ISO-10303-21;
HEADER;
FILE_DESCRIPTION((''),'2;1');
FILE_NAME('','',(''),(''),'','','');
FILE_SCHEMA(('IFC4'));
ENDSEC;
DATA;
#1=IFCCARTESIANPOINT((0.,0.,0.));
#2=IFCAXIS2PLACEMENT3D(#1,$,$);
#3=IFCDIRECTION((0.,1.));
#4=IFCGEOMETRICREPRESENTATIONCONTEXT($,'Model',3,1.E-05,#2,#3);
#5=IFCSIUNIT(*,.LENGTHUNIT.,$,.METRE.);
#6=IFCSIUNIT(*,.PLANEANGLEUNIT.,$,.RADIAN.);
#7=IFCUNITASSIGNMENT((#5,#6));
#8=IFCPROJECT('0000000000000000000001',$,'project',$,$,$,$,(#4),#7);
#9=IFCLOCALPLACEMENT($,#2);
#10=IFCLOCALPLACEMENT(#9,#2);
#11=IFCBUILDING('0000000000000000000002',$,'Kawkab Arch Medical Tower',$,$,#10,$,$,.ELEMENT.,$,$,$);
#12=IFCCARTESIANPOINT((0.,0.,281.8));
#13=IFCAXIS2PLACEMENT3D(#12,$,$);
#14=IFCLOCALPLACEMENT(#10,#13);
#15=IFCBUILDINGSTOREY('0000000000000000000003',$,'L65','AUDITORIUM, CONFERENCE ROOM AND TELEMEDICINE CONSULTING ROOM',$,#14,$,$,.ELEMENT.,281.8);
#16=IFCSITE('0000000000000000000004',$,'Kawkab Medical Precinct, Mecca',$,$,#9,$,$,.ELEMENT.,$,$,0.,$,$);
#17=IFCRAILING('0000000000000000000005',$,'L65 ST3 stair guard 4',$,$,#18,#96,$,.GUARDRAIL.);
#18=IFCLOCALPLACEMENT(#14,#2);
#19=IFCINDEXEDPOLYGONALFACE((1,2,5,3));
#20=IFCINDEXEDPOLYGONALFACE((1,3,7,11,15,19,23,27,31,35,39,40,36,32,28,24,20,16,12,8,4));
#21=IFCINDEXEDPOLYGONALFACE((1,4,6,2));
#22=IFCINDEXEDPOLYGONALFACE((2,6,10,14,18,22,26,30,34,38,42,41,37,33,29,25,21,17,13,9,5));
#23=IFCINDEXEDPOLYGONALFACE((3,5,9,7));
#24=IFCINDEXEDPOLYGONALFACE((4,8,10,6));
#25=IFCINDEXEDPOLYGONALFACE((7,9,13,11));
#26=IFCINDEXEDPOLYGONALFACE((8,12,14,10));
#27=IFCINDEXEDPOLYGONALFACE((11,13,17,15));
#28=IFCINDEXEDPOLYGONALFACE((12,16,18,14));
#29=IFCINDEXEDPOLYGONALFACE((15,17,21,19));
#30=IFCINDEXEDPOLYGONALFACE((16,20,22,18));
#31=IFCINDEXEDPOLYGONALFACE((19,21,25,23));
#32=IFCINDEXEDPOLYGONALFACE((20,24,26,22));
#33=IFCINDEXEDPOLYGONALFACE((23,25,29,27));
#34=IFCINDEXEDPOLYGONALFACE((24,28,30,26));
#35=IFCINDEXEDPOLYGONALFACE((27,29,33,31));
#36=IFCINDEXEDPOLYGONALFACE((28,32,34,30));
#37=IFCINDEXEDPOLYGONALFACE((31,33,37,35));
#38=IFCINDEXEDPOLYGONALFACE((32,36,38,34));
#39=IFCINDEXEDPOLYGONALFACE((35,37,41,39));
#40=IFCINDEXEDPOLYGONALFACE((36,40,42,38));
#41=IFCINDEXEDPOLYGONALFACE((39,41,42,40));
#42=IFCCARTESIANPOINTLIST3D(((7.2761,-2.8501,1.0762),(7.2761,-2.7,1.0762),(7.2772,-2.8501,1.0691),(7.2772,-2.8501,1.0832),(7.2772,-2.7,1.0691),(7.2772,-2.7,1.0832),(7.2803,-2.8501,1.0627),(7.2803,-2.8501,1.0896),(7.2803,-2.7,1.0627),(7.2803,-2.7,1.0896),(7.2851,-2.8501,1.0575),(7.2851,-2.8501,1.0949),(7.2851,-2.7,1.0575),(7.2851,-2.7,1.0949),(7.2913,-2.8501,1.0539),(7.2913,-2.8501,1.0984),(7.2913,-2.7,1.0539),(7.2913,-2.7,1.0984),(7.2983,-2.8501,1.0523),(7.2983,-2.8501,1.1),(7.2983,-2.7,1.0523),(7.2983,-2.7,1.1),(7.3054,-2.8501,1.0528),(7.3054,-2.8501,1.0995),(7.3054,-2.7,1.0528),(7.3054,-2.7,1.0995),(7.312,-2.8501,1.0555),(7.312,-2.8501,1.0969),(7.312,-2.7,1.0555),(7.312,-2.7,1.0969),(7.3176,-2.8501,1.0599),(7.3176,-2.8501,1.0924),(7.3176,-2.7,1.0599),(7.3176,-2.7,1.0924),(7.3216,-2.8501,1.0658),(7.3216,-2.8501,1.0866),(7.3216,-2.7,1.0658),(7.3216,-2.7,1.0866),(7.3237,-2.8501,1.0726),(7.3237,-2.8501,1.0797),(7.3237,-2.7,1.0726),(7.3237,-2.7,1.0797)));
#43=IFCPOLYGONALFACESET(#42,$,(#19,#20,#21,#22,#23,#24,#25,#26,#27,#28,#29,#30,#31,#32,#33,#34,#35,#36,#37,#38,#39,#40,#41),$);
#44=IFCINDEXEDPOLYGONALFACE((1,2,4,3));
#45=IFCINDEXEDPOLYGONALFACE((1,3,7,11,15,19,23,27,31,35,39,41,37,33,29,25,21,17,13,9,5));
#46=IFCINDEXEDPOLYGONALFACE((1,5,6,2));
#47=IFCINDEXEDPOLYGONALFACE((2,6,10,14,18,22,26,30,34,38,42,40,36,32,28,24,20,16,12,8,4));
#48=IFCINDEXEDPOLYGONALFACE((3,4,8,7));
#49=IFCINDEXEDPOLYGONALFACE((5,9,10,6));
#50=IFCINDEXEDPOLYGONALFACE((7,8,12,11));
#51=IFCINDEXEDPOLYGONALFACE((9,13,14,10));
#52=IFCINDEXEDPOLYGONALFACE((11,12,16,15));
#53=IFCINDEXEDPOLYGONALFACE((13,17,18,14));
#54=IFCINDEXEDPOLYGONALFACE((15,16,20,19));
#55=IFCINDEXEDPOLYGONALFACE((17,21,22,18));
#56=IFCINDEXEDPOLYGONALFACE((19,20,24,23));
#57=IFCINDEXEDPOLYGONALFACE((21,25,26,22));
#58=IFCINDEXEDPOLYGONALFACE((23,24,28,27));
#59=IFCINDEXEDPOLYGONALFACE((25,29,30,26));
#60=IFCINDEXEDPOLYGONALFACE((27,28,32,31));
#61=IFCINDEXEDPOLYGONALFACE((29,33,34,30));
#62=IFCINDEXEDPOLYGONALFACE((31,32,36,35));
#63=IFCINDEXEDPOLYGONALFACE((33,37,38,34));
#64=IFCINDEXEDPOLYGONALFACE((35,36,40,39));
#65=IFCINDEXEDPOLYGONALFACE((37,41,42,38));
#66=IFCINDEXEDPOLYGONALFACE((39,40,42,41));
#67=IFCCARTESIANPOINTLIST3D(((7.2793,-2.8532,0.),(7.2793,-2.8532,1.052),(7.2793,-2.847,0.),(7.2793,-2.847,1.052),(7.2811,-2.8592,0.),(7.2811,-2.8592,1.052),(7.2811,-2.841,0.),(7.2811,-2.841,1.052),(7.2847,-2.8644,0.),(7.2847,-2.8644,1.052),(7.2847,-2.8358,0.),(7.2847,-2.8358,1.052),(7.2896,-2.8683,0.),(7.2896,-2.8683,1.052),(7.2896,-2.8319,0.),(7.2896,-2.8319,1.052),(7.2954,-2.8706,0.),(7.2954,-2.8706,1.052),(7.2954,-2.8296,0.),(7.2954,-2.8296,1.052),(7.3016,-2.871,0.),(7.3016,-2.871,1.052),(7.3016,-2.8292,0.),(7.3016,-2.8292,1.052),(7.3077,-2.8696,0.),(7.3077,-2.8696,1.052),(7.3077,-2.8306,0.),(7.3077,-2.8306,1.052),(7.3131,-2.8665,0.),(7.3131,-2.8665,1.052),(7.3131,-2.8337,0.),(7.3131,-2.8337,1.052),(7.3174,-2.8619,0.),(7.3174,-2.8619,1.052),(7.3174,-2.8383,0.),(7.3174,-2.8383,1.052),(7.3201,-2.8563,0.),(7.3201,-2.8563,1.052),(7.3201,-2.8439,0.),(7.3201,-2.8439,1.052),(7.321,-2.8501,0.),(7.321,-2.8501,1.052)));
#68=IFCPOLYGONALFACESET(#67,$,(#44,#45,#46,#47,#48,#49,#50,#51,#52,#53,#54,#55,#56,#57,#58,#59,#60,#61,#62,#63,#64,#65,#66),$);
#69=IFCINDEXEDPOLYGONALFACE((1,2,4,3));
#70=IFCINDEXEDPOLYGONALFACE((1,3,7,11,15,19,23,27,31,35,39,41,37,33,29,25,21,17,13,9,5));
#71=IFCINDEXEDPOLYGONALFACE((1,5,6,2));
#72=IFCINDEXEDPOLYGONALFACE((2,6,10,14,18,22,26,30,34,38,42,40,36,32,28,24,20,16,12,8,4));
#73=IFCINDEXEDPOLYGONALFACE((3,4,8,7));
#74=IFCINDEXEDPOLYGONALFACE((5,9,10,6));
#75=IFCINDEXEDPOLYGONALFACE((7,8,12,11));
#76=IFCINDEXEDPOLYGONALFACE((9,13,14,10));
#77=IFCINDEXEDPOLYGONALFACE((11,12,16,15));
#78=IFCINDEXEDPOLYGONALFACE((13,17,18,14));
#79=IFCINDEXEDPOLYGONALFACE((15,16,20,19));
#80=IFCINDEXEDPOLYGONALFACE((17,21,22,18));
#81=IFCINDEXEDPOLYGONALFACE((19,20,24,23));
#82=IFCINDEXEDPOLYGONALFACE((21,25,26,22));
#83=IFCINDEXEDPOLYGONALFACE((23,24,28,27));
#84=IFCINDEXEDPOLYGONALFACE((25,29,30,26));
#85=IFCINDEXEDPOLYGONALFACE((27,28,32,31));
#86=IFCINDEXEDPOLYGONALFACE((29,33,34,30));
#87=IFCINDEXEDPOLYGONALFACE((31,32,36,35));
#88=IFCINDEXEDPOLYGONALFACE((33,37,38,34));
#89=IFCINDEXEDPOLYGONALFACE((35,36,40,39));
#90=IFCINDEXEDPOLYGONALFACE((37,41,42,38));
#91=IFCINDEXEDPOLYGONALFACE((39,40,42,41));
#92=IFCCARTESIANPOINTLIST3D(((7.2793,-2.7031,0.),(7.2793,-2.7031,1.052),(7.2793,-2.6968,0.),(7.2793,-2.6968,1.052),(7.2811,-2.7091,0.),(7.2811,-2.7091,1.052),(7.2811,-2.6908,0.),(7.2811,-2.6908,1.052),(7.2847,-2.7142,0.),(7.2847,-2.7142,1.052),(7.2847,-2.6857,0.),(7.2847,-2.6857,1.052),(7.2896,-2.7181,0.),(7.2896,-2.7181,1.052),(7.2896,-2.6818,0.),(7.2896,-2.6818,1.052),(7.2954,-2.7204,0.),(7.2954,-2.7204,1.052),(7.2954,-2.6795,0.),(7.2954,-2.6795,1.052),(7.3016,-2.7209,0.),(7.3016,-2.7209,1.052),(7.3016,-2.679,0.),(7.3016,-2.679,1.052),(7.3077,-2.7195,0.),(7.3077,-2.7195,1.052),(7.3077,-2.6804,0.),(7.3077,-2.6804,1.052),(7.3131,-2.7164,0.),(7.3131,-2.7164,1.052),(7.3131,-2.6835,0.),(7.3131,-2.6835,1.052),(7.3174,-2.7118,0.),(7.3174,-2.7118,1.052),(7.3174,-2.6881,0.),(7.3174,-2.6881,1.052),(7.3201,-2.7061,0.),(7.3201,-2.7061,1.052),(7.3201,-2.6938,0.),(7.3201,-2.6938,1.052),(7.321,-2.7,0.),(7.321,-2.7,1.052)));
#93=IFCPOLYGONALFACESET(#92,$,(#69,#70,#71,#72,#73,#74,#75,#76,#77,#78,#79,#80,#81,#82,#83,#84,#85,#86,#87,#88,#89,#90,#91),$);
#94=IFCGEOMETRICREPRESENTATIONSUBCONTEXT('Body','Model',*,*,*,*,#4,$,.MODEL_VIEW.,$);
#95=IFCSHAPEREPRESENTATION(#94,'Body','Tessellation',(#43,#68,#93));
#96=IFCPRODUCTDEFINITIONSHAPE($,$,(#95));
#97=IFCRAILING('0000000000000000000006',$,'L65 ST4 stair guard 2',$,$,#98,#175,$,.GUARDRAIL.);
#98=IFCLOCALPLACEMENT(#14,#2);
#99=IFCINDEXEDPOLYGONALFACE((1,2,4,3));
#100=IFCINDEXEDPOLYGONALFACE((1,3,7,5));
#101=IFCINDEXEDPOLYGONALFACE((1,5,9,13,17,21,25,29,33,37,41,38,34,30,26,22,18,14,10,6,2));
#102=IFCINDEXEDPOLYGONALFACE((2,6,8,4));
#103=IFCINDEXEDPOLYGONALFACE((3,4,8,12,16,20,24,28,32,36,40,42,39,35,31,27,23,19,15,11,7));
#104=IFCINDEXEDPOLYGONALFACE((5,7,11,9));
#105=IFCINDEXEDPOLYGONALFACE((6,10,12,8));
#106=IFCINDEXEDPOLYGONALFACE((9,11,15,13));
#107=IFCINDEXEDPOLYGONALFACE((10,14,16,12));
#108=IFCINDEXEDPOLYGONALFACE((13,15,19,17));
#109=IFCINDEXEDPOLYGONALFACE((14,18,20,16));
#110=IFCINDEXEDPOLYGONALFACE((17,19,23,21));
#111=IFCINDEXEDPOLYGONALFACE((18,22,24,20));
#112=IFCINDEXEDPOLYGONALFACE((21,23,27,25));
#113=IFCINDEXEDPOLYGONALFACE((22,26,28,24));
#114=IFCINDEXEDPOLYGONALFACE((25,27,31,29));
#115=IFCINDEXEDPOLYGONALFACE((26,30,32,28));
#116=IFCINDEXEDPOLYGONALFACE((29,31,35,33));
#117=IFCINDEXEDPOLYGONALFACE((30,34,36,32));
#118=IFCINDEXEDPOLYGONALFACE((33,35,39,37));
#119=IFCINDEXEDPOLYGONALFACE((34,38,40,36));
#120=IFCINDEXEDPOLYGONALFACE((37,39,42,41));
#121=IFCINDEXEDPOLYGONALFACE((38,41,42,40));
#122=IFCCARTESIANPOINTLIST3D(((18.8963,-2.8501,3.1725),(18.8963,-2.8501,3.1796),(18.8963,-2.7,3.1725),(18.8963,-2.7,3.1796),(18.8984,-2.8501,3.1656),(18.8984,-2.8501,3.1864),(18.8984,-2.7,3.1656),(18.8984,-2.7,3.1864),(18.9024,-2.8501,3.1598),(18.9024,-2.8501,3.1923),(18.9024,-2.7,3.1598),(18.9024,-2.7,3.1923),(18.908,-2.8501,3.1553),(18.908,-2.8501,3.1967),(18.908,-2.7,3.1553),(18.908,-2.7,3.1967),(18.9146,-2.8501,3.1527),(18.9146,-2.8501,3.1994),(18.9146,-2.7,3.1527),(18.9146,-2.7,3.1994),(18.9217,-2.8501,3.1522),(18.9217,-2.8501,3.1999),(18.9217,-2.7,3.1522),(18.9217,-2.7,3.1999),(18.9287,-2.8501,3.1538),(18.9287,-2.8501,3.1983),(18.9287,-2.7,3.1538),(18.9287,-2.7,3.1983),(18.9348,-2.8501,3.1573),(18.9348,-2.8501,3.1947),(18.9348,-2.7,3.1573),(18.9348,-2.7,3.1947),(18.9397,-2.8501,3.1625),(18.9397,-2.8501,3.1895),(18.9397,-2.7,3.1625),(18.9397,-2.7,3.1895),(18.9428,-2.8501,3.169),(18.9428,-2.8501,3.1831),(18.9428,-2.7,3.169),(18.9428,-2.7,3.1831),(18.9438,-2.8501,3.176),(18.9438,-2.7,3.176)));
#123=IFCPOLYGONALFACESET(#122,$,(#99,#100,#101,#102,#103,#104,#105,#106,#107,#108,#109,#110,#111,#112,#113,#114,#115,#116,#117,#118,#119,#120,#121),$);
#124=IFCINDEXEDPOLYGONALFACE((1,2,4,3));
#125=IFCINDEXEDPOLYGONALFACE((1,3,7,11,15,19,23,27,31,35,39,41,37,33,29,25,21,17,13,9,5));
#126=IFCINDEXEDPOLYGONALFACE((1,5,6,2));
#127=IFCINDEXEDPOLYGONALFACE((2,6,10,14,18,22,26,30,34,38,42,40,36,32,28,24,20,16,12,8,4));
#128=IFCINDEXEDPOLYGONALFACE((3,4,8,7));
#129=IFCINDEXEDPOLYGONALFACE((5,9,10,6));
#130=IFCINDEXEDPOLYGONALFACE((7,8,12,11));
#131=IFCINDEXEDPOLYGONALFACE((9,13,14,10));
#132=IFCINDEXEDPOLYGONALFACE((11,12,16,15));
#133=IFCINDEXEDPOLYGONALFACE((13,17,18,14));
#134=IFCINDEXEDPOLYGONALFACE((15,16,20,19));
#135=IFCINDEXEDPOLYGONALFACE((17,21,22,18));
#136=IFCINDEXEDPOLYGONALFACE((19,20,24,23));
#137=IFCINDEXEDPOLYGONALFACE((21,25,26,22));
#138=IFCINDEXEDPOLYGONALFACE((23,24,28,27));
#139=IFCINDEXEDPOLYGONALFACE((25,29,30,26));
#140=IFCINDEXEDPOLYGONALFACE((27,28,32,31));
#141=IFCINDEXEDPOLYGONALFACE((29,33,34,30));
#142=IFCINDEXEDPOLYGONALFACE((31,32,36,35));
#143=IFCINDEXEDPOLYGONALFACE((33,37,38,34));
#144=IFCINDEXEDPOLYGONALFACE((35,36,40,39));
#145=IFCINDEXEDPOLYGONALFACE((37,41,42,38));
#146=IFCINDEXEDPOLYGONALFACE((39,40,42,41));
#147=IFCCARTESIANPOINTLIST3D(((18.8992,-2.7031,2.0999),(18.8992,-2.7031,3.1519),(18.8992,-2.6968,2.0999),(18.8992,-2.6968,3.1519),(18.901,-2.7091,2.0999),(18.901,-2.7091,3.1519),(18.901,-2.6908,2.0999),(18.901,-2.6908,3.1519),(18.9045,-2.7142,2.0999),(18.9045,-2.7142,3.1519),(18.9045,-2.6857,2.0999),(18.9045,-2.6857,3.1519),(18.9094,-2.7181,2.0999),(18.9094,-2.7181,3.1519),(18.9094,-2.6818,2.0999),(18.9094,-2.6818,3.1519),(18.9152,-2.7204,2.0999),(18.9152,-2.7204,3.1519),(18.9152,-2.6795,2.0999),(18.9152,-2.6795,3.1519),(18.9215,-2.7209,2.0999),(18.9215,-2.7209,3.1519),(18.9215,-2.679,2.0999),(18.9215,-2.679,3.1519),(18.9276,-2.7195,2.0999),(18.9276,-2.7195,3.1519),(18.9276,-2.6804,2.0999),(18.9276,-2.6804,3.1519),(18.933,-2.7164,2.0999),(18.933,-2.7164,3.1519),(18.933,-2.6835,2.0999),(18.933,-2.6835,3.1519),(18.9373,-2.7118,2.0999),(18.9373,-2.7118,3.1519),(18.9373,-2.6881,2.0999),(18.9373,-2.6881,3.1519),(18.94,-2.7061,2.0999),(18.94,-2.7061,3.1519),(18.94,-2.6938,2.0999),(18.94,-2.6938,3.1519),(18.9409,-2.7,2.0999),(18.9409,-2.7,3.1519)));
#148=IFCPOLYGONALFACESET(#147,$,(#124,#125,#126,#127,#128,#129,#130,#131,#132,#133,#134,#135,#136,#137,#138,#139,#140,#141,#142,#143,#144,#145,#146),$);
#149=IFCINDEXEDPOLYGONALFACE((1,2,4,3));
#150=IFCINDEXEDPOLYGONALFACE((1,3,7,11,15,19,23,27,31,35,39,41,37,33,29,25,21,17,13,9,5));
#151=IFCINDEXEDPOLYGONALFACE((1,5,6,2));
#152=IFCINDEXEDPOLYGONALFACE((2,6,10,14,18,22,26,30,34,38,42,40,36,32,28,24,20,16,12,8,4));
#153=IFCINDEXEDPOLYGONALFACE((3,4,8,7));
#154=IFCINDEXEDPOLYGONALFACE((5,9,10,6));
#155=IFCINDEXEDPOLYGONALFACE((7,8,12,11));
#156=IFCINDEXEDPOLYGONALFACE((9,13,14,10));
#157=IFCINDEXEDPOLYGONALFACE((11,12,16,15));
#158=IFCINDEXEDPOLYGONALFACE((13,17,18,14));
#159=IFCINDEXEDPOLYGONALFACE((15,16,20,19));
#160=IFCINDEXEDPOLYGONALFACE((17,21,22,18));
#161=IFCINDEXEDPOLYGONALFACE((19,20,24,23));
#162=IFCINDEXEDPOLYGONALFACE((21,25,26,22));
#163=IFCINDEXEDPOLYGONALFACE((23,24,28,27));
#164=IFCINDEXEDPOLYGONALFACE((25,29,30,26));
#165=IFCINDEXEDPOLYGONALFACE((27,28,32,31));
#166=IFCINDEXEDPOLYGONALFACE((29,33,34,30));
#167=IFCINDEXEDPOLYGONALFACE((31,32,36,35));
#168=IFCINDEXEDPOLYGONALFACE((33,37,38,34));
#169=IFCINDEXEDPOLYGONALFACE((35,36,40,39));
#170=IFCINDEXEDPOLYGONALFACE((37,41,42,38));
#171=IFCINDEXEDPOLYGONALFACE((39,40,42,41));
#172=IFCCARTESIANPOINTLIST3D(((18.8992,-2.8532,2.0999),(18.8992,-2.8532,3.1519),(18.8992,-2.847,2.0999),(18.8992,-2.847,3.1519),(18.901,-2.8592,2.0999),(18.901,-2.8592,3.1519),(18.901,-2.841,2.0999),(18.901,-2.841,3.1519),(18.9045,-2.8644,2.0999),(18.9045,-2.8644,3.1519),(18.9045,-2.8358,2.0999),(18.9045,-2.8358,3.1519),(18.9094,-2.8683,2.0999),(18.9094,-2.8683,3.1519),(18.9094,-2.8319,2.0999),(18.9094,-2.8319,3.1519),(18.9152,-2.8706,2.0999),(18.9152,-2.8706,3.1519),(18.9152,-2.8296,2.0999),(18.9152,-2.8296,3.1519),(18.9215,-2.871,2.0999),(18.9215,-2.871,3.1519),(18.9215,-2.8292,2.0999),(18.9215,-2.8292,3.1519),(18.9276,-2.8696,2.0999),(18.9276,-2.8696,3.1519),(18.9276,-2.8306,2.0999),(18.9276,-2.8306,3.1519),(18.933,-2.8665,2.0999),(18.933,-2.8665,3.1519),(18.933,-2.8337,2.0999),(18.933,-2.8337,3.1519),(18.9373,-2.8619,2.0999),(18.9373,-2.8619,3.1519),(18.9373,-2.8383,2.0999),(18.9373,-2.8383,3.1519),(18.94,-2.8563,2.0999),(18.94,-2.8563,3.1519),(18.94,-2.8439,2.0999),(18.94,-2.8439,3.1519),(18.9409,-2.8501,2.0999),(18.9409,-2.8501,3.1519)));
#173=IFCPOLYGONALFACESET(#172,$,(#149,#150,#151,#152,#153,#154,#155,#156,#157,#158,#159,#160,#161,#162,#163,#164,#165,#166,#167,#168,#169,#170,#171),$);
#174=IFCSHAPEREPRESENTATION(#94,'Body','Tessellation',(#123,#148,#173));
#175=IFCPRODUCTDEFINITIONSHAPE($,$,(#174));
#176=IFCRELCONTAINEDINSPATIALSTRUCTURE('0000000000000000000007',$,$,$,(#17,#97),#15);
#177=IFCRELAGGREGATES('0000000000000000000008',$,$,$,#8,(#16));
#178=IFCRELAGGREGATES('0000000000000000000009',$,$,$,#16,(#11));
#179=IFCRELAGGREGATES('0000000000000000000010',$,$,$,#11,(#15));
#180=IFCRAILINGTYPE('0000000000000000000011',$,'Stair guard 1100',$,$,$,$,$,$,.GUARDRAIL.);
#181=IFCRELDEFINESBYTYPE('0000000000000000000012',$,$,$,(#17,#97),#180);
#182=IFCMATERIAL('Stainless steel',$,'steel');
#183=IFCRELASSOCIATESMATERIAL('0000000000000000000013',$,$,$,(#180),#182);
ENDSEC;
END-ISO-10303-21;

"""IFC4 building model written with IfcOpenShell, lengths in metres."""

from ifc_helpers import new_model, si_unit, direction, frame, origin, origin_2d, place, context, subcontext, project, spatial, circle, extrude, material, type_object, element, save


model = new_model("IFC4")

# Units and contexts
model_context = context("Model", 3, precision=1e-05, world=origin(), true_north=direction((0.0, 1.0)))
body_context = subcontext(model_context, "Body", "Model", "MODEL_VIEW")
ifc_project = project(units=[si_unit("LENGTHUNIT", "METRE"), si_unit("PLANEANGLEUNIT", "RADIAN")], contexts=[model_context])

# Site, building, storey
site_placement = place(None, origin())
site = spatial("IfcSite", under=ifc_project, at=site_placement, Name="Kawkab Medical Precinct, Mecca", CompositionType="ELEMENT", RefElevation=0.0)
building_placement = place(site_placement, origin())
building = spatial("IfcBuilding", under=site, at=building_placement, Name="Kawkab Arch Medical Tower", CompositionType="ELEMENT")
storey_placement = place(building_placement, frame((0.0, 0.0, 281.8)))
storey = spatial("IfcBuildingStorey", under=building, at=storey_placement, Name="L65", Description="AUDITORIUM, CONFERENCE ROOM AND TELEMEDICINE CONSULTING ROOM", CompositionType="ELEMENT", Elevation=281.8)

# Railings
ifc_material_1 = material(Name="Stainless steel", Category="steel")
railing_type_1 = type_object("IfcRailingType", Name="Stair guard 1100", PredefinedType="GUARDRAIL", material=ifc_material_1)
railing_1_placement = place(storey_placement, frame((7.3, -2.8501, 0.0)))
element("IfcRailing", 1, at=railing_1_placement, inside=storey, type_object=railing_type_1, Name="L65 ST3 stair guard 4", PredefinedType="GUARDRAIL", context=body_context, shape_type="SweptSolid", body=[
    extrude(circle(Radius=0.0239, at=origin_2d()), frame((0.0, 0.0, 1.0762), z_axis=(0.0, 1.0, 0.0), x_axis=(-1.0, 0.0, 0.0)), (0.0, 0.0, 1.0), 0.1501),
    extrude(circle(Radius=0.021, at=origin_2d()), origin(), (0.0, 0.0, 1.0), 1.052),
    extrude(circle(Radius=0.021, at=origin_2d()), frame((0.0, 0.1501, 0.0)), (0.0, 0.0, 1.0), 1.052),
])
railing_2_placement = place(storey_placement, frame((18.9199, -2.7, 2.0999)))
element("IfcRailing", 2, at=railing_2_placement, inside=storey, type_object=railing_type_1, Name="L65 ST4 stair guard 2", PredefinedType="GUARDRAIL", context=body_context, shape_type="SweptSolid", body=[
    extrude(circle(Radius=0.0239, at=origin_2d()), frame((0.0, 0.0, 1.0762), z_axis=(0.0, -1.0, 0.0), x_axis=(1.0, 0.0, 0.0)), (0.0, 0.0, 1.0), 0.1501),
    extrude(circle(Radius=0.021, at=origin_2d()), origin(), (0.0, 0.0, 1.0), 1.052),
    extrude(circle(Radius=0.021, at=origin_2d()), frame((0.0, -0.1501, 0.0)), (0.0, 0.0, 1.0), 1.052),
])

save(model, "model.ifc")
